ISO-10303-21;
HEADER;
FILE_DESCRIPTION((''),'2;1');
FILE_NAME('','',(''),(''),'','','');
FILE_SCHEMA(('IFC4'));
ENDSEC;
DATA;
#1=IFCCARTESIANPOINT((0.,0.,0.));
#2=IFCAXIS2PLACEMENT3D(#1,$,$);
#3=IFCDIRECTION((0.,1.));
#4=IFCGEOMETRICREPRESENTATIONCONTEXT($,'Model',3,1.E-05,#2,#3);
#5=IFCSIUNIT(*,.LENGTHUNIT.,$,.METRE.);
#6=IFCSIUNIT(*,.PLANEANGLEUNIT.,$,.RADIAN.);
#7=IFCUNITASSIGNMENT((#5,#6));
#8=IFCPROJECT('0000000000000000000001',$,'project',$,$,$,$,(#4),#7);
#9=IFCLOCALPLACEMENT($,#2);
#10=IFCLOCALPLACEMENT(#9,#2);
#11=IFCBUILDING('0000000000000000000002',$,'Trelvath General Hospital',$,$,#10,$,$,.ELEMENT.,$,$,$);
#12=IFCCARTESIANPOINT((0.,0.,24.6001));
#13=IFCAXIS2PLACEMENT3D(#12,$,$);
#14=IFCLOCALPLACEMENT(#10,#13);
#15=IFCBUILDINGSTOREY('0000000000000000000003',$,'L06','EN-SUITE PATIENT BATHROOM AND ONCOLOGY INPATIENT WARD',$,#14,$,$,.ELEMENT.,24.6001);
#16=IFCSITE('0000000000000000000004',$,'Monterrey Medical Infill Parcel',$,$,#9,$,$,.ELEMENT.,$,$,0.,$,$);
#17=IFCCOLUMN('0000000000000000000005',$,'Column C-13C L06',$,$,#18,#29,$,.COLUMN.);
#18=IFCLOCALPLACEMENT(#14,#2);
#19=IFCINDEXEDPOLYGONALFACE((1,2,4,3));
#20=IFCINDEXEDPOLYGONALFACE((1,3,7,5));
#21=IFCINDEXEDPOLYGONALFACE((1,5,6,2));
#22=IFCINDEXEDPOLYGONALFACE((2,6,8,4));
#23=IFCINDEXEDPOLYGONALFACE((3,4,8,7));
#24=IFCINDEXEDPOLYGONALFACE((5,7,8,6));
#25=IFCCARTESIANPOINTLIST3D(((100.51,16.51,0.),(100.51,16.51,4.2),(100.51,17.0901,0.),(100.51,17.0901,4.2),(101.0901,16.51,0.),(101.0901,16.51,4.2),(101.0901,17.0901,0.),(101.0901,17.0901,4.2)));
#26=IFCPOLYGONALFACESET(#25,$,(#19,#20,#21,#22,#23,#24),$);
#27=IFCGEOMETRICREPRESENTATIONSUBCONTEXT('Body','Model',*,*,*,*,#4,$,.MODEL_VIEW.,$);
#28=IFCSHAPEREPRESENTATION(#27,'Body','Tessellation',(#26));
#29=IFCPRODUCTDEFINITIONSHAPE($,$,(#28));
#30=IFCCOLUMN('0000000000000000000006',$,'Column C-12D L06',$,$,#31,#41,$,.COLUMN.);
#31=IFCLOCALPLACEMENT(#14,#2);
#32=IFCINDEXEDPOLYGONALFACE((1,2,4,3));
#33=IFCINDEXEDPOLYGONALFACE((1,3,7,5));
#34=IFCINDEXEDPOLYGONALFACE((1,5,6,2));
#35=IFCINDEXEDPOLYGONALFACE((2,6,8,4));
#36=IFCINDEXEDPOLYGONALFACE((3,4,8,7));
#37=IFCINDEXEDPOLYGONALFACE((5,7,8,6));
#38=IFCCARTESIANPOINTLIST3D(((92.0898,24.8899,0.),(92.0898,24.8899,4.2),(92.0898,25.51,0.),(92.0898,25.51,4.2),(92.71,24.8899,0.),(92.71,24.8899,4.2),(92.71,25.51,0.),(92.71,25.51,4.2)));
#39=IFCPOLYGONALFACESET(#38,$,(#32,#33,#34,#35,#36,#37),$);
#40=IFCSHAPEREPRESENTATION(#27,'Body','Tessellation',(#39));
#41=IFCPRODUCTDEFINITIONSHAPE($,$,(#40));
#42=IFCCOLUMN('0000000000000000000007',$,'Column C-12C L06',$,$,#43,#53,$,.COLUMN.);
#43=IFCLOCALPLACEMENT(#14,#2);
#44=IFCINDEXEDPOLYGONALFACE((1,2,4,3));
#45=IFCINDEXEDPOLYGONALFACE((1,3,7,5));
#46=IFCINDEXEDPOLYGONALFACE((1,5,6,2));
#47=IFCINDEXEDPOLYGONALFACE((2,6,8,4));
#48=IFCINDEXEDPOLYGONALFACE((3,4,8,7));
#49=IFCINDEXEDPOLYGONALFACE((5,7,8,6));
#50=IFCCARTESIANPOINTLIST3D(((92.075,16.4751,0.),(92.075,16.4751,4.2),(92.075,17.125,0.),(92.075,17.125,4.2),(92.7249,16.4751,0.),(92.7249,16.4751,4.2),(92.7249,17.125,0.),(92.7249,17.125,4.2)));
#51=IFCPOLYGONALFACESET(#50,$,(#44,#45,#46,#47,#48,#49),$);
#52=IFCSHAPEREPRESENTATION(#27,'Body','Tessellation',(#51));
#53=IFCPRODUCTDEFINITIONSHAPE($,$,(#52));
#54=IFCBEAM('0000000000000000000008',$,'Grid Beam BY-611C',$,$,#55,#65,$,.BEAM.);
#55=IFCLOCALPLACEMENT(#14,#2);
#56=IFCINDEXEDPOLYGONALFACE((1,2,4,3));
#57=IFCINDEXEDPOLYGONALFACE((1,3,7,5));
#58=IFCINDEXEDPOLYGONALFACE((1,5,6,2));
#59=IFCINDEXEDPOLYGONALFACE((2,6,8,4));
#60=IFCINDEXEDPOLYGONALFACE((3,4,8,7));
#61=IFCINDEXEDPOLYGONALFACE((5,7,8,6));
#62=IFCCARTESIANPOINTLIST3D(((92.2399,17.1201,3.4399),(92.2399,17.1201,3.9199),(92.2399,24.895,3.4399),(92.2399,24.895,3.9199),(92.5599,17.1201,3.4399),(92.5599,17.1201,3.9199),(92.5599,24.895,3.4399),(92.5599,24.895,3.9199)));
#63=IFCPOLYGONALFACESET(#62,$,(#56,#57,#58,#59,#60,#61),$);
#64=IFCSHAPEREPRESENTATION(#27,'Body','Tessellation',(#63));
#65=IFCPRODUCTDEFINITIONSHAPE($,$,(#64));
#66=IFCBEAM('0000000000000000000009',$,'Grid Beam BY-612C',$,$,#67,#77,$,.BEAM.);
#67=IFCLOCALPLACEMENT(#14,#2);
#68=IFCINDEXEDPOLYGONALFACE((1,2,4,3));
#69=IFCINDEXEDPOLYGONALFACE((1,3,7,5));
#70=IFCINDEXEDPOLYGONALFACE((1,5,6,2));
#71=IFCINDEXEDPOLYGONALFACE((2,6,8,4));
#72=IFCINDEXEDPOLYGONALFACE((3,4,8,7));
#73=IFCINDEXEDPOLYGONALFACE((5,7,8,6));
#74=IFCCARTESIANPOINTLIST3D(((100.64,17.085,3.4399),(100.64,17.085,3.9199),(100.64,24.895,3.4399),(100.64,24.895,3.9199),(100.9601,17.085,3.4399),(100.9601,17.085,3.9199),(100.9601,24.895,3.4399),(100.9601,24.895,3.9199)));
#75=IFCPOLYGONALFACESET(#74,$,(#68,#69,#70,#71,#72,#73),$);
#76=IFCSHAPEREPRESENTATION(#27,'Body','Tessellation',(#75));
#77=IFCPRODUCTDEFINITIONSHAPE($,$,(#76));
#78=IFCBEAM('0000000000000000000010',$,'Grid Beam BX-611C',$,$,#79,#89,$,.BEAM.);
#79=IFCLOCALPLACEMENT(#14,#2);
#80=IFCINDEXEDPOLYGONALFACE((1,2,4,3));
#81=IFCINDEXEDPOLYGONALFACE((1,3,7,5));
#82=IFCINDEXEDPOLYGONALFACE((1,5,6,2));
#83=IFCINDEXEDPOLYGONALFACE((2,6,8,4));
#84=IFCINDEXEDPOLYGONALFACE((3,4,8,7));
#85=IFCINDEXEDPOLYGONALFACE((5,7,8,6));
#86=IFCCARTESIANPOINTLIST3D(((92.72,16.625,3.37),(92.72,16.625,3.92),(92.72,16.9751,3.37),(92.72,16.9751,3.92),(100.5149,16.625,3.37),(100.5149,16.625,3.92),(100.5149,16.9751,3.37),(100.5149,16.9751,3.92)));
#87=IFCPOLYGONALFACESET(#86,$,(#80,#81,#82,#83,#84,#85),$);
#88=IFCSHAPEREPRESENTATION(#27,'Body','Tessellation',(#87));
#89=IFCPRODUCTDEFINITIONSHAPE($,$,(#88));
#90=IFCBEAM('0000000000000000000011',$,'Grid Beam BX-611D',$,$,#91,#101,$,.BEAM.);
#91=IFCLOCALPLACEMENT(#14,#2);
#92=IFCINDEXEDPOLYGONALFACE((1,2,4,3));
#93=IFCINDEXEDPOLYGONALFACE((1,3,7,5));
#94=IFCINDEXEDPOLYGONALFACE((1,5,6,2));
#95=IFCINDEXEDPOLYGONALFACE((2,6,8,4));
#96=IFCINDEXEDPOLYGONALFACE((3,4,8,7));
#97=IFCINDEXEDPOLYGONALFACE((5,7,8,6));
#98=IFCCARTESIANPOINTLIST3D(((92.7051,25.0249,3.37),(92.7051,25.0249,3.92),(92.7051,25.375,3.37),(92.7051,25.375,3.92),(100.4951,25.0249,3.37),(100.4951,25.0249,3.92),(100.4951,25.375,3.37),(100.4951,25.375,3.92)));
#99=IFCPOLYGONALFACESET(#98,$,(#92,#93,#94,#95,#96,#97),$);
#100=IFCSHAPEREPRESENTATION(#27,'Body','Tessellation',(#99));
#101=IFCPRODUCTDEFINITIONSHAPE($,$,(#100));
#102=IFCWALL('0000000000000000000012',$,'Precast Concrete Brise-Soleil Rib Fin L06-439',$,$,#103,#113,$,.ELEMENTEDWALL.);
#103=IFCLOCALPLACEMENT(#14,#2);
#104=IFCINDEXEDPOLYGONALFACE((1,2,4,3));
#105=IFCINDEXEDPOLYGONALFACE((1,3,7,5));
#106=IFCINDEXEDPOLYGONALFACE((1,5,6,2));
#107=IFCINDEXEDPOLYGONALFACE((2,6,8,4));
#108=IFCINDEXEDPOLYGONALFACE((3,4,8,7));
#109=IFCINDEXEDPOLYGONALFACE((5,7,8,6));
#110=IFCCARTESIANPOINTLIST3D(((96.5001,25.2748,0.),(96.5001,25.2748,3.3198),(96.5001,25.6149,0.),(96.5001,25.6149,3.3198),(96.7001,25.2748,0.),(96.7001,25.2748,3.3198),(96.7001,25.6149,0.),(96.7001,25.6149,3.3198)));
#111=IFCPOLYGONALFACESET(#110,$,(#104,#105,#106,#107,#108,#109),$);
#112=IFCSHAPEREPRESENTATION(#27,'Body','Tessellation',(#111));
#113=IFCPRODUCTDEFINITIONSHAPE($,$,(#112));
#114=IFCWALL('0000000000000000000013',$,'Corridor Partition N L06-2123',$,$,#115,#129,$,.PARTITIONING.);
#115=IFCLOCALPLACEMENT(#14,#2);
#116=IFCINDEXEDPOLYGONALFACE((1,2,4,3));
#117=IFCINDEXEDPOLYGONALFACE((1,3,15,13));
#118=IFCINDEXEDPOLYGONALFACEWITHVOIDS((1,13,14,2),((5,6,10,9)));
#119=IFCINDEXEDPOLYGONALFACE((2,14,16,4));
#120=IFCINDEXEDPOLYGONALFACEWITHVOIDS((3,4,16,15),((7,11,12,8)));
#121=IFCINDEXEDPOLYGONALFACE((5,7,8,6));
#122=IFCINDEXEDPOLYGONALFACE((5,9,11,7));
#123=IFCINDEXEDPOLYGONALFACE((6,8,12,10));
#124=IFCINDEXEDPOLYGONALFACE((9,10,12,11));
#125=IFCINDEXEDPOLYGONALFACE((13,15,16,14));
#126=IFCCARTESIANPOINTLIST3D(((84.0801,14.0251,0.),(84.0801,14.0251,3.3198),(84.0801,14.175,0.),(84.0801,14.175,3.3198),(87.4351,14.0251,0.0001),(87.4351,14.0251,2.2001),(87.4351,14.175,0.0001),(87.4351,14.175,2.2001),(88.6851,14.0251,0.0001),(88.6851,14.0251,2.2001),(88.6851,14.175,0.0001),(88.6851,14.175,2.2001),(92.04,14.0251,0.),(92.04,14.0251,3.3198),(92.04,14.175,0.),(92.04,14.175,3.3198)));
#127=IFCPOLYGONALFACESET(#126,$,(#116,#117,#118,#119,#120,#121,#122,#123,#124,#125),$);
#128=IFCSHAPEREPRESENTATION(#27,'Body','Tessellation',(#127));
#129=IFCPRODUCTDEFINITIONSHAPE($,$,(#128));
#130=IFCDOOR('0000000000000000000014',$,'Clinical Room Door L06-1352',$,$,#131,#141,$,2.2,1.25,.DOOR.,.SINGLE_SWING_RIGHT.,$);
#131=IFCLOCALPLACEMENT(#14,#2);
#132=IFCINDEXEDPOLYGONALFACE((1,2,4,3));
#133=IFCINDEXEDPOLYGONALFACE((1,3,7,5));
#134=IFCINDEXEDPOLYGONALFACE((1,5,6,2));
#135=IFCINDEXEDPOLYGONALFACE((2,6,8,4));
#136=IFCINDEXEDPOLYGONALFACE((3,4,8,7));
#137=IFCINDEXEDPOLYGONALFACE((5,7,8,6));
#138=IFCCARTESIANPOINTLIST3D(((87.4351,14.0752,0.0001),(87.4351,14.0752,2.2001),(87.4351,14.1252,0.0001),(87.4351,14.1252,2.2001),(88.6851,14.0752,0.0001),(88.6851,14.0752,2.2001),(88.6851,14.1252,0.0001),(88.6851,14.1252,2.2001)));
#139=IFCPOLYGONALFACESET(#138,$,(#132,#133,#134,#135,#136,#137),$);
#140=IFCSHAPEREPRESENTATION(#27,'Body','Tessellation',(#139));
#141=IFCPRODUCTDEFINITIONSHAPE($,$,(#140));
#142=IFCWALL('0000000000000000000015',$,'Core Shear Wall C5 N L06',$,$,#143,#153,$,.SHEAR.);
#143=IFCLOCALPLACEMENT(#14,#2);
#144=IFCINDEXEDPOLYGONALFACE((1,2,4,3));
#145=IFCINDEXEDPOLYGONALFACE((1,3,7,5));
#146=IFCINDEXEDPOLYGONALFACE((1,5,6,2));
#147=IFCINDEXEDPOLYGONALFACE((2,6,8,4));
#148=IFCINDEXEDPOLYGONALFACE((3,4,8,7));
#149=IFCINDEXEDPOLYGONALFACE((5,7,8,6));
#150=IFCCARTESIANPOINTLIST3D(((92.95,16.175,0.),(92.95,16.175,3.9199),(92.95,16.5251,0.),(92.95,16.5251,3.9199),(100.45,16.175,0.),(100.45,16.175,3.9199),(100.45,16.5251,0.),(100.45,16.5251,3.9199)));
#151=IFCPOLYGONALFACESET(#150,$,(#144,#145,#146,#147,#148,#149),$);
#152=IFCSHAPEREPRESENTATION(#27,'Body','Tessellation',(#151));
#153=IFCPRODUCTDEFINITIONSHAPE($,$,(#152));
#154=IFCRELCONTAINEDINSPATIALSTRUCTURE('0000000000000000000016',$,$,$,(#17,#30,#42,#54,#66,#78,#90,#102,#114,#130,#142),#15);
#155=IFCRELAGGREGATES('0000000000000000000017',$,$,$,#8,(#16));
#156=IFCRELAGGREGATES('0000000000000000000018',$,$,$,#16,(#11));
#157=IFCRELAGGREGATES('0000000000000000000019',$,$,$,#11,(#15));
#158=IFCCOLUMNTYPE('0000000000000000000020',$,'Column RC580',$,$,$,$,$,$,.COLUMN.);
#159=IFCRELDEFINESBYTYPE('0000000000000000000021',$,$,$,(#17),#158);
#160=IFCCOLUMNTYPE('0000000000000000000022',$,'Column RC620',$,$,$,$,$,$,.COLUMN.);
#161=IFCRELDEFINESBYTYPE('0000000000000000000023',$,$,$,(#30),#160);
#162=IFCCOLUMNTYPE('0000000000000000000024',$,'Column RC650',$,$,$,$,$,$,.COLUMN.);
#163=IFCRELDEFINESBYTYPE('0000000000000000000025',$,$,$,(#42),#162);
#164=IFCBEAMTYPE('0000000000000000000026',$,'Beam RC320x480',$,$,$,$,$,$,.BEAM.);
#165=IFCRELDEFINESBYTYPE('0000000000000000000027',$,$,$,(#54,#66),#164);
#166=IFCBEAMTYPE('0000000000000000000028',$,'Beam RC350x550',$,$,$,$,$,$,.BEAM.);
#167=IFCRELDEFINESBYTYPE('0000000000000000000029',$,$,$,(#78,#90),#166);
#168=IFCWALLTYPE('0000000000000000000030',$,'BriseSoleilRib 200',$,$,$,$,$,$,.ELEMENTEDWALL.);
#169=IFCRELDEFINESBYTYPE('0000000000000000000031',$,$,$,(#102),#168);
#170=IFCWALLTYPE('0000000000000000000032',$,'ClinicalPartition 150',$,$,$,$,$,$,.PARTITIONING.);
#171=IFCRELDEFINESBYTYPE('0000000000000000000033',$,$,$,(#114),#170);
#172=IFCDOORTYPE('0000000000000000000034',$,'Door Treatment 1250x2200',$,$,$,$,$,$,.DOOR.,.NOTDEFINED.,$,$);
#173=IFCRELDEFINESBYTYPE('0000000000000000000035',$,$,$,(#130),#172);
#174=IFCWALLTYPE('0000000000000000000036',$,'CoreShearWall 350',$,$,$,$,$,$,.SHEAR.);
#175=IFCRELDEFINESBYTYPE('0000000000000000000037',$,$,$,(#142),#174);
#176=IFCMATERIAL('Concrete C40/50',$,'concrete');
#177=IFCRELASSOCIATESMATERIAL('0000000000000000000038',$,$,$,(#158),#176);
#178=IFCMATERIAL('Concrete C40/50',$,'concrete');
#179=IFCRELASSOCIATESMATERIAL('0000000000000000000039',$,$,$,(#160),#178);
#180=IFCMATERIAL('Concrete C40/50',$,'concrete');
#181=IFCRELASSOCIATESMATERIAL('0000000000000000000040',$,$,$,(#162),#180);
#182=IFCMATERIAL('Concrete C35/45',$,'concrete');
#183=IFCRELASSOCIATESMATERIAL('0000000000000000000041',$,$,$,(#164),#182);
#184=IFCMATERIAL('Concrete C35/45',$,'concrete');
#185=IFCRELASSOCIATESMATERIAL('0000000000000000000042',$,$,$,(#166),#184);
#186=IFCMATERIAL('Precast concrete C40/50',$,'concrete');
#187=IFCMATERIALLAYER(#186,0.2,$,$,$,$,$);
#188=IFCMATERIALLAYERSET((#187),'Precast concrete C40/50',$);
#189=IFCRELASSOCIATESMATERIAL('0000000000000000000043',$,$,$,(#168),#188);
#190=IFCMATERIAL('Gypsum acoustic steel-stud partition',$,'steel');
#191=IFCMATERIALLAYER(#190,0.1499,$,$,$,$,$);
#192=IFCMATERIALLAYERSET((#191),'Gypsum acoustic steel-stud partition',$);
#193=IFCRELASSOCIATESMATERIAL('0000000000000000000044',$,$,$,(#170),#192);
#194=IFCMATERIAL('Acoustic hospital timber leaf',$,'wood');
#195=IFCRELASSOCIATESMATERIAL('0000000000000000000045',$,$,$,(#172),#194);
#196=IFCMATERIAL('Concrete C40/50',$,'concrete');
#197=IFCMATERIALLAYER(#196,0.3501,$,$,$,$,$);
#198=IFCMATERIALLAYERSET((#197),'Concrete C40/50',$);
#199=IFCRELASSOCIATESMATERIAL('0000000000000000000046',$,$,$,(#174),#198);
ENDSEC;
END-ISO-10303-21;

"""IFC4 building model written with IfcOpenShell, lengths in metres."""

from ifc_helpers import new_model, si_unit, direction, frame, frame_2d, origin, origin_2d, place, context, subcontext, project, spatial, rectangle, extrude, material, layer, layer_set, material_profile, profile_set, type_object, element, fill, save


model = new_model("IFC4")

# Units and contexts
model_context = context("Model", 3, precision=1e-05, world=origin(), true_north=direction((0.0, 1.0)))
body_context = subcontext(model_context, "Body", "Model", "MODEL_VIEW")
ifc_project = project(units=[si_unit("LENGTHUNIT", "METRE"), si_unit("PLANEANGLEUNIT", "RADIAN")], contexts=[model_context])

# Site, building, storey
site_placement = place(None, origin())
site = spatial("IfcSite", under=ifc_project, at=site_placement, Name="Monterrey Medical Infill Parcel", CompositionType="ELEMENT", RefElevation=0.0)
building_placement = place(site_placement, origin())
building = spatial("IfcBuilding", under=site, at=building_placement, Name="Trelvath General Hospital", CompositionType="ELEMENT")
storey_placement = place(building_placement, frame((0.0, 0.0, 24.6001)))
storey = spatial("IfcBuildingStorey", under=building, at=storey_placement, Name="L06", Description="EN-SUITE PATIENT BATHROOM AND ONCOLOGY INPATIENT WARD", CompositionType="ELEMENT", Elevation=24.6001)

# Columns
ifc_material_1 = material(Name="Concrete C40/50", Category="concrete")
ifc_material_profile_1 = material_profile(ifc_material_1, rectangle(XDim=0.5801, YDim=0.5801, at=origin_2d()), Name="RC580x580")
ifc_profile_set_1 = profile_set([ifc_material_profile_1], Name="Concrete C40/50")
column_type_1 = type_object("IfcColumnType", Name="Column RC580", PredefinedType="COLUMN", material=ifc_profile_set_1)
column_1_placement = place(storey_placement, frame((100.8, 16.8, 0.0), z_axis=(0.0, 0.0, 1.0), x_axis=(1.0, 0.0, 0.0)))
element("IfcColumn", 1, at=column_1_placement, inside=storey, type_object=column_type_1, Name="Column C-13C L06", PredefinedType="COLUMN", context=body_context, shape_type="SweptSolid", body=[
    extrude(rectangle(XDim=0.5801, YDim=0.5801, at=origin_2d()), origin(), (0.0, 0.0, 1.0), 4.2),
])
ifc_material_2 = material(Name="Concrete C40/50", Category="concrete")
ifc_material_profile_2 = material_profile(ifc_material_2, rectangle(XDim=0.6201, YDim=0.6201, at=origin_2d()), Name="RC620x620")
ifc_profile_set_2 = profile_set([ifc_material_profile_2], Name="Concrete C40/50")
column_type_2 = type_object("IfcColumnType", Name="Column RC620", PredefinedType="COLUMN", material=ifc_profile_set_2)
column_2_placement = place(storey_placement, frame((92.3999, 25.2, 0.0), z_axis=(0.0, 0.0, 1.0), x_axis=(1.0, 0.0, 0.0)))
element("IfcColumn", 2, at=column_2_placement, inside=storey, type_object=column_type_2, Name="Column C-12D L06", PredefinedType="COLUMN", context=body_context, shape_type="SweptSolid", body=[
    extrude(rectangle(XDim=0.6201, YDim=0.6201, at=origin_2d()), origin(), (0.0, 0.0, 1.0), 4.2),
])
ifc_material_3 = material(Name="Concrete C40/50", Category="concrete")
ifc_material_profile_3 = material_profile(ifc_material_3, rectangle(XDim=0.6499, YDim=0.6499, at=origin_2d()), Name="RC650x650")
ifc_profile_set_3 = profile_set([ifc_material_profile_3], Name="Concrete C40/50")
column_type_3 = type_object("IfcColumnType", Name="Column RC650", PredefinedType="COLUMN", material=ifc_profile_set_3)
column_3_placement = place(storey_placement, frame((92.3999, 16.8, 0.0), z_axis=(0.0, 0.0, 1.0), x_axis=(1.0, 0.0, 0.0)))
element("IfcColumn", 3, at=column_3_placement, inside=storey, type_object=column_type_3, Name="Column C-12C L06", PredefinedType="COLUMN", context=body_context, shape_type="SweptSolid", body=[
    extrude(rectangle(XDim=0.6499, YDim=0.6499, at=origin_2d()), origin(), (0.0, 0.0, 1.0), 4.2),
])

# Beams
ifc_material_4 = material(Name="Concrete C35/45", Category="concrete")
ifc_material_profile_4 = material_profile(ifc_material_4, rectangle(XDim=0.3201, YDim=0.48, at=origin_2d()), Name="RCB320x480")
ifc_profile_set_4 = profile_set([ifc_material_profile_4], Name="Concrete C35/45")
beam_type_1 = type_object("IfcBeamType", Name="Beam RC320x480", PredefinedType="BEAM", material=ifc_profile_set_4)
beam_1_placement = place(storey_placement, frame((92.3999, 17.1201, 3.6799), z_axis=(0.0, 1.0, 0.0), x_axis=(-1.0, 0.0, 0.0)))
element("IfcBeam", 4, at=beam_1_placement, inside=storey, type_object=beam_type_1, Name="Grid Beam BY-611C", PredefinedType="BEAM", context=body_context, shape_type="SweptSolid", body=[
    extrude(rectangle(XDim=0.3201, YDim=0.48, at=origin_2d()), origin(), (0.0, 0.0, 1.0), 7.7749),
])
beam_2_placement = place(storey_placement, frame((100.8, 17.085, 3.6799), z_axis=(0.0, 1.0, 0.0), x_axis=(-1.0, 0.0, 0.0)))
element("IfcBeam", 5, at=beam_2_placement, inside=storey, type_object=beam_type_1, Name="Grid Beam BY-612C", PredefinedType="BEAM", context=body_context, shape_type="SweptSolid", body=[
    extrude(rectangle(XDim=0.3201, YDim=0.48, at=origin_2d()), origin(), (0.0, 0.0, 1.0), 7.8101),
])
ifc_material_5 = material(Name="Concrete C35/45", Category="concrete")
ifc_material_profile_5 = material_profile(ifc_material_5, rectangle(XDim=0.3501, YDim=0.55, at=origin_2d()), Name="RCB350x550")
ifc_profile_set_5 = profile_set([ifc_material_profile_5], Name="Concrete C35/45")
beam_type_2 = type_object("IfcBeamType", Name="Beam RC350x550", PredefinedType="BEAM", material=ifc_profile_set_5)
beam_3_placement = place(storey_placement, frame((92.72, 16.8, 3.645), z_axis=(1.0, 0.0, 0.0), x_axis=(0.0, 1.0, 0.0)))
element("IfcBeam", 6, at=beam_3_placement, inside=storey, type_object=beam_type_2, Name="Grid Beam BX-611C", PredefinedType="BEAM", context=body_context, shape_type="SweptSolid", body=[
    extrude(rectangle(XDim=0.3501, YDim=0.55, at=origin_2d()), origin(), (0.0, 0.0, 1.0), 7.7949),
])
beam_4_placement = place(storey_placement, frame((92.7051, 25.2, 3.645), z_axis=(1.0, 0.0, 0.0), x_axis=(0.0, 1.0, 0.0)))
element("IfcBeam", 7, at=beam_4_placement, inside=storey, type_object=beam_type_2, Name="Grid Beam BX-611D", PredefinedType="BEAM", context=body_context, shape_type="SweptSolid", body=[
    extrude(rectangle(XDim=0.3501, YDim=0.55, at=origin_2d()), origin(), (0.0, 0.0, 1.0), 7.79),
])

# Wall
ifc_material_6 = material(Name="Precast concrete C40/50", Category="concrete")
ifc_layer_1 = layer(ifc_material_6, 0.2)
ifc_layer_set_1 = layer_set([ifc_layer_1], Name="Precast concrete C40/50")
wall_type_1 = type_object("IfcWallType", Name="BriseSoleilRib 200", PredefinedType="ELEMENTEDWALL", material=ifc_layer_set_1)
wall_1_placement = place(storey_placement, frame((96.6001, 25.2749, 0.0), z_axis=(0.0, 0.0, 1.0), x_axis=(0.0, 1.0, 0.0)))
element("IfcWall", 8, at=wall_1_placement, inside=storey, type_object=wall_type_1, Name="Precast Concrete Brise-Soleil Rib Fin L06-439", PredefinedType="ELEMENTEDWALL", context=body_context, shape_type="SweptSolid", body=[
    extrude(rectangle(XDim=0.3401, YDim=0.2, at=frame_2d((0.1699, 0.0))), origin(), (0.0, 0.0, 1.0), 3.3198),
])

# Wall, opening, door
ifc_material_7 = material(Name="Gypsum acoustic steel-stud partition", Category="steel")
ifc_layer_2 = layer(ifc_material_7, 0.1499)
ifc_layer_set_2 = layer_set([ifc_layer_2], Name="Gypsum acoustic steel-stud partition")
wall_type_2 = type_object("IfcWallType", Name="ClinicalPartition 150", PredefinedType="PARTITIONING", material=ifc_layer_set_2)
wall_2_placement = place(storey_placement, frame((92.04, 14.1001, 0.0), z_axis=(0.0, 0.0, 1.0), x_axis=(-1.0, 0.0, 0.0)))
wall_2 = element("IfcWall", 9, at=wall_2_placement, inside=storey, type_object=wall_type_2, Name="Corridor Partition N L06-2123", PredefinedType="PARTITIONING", context=body_context, shape_type="SweptSolid", body=[
    extrude(rectangle(XDim=7.96, YDim=0.1499, at=frame_2d((3.98, 0.0))), origin(), (0.0, 0.0, 1.0), 3.3198),
])
opening_1_placement = place(wall_2_placement, frame((3.355, 0.0, 0.0)))
opening_1 = element("IfcOpeningElement", 10, at=opening_1_placement, cuts=wall_2, PredefinedType="OPENING", context=body_context, shape_type="SweptSolid", body=[
    extrude(rectangle(XDim=1.25, YDim=2.2, at=frame_2d((0.625, 1.1001))), frame((0.0, 0.085, 0.0), z_axis=(0.0, -1.0, 0.0), x_axis=(1.0, 0.0, 0.0)), (0.0, 0.0, 1.0), 0.1699),
])
ifc_material_8 = material(Name="Acoustic hospital timber leaf", Category="wood")
door_type_1 = type_object("IfcDoorType", Name="Door Treatment 1250x2200", OperationType="NOTDEFINED", PredefinedType="DOOR", material=ifc_material_8)
door_1_placement = place(opening_1_placement, origin())
door_1 = element("IfcDoor", 11, at=door_1_placement, inside=storey, type_object=door_type_1, Name="Clinical Room Door L06-1352", OperationType="SINGLE_SWING_RIGHT", OverallHeight=2.2, OverallWidth=1.25, PredefinedType="DOOR", context=body_context, shape_type="SweptSolid", body=[
    extrude(rectangle(XDim=1.25, YDim=2.2, at=frame_2d((0.625, 1.1001))), frame((0.0, 0.0249, 0.0), z_axis=(0.0, -1.0, 0.0), x_axis=(1.0, 0.0, 0.0)), (0.0, 0.0, 1.0), 0.05),
])
fill(opening_1, door_1)

# Wall
ifc_material_9 = material(Name="Concrete C40/50", Category="concrete")
ifc_layer_3 = layer(ifc_material_9, 0.3501)
ifc_layer_set_3 = layer_set([ifc_layer_3], Name="Concrete C40/50")
wall_type_3 = type_object("IfcWallType", Name="CoreShearWall 350", PredefinedType="SHEAR", material=ifc_layer_set_3)
wall_3_placement = place(storey_placement, frame((92.95, 16.3501, 0.0), z_axis=(0.0, 0.0, 1.0), x_axis=(1.0, 0.0, 0.0)))
element("IfcWall", 12, at=wall_3_placement, inside=storey, type_object=wall_type_3, Name="Core Shear Wall C5 N L06", PredefinedType="SHEAR", context=body_context, shape_type="SweptSolid", body=[
    extrude(rectangle(XDim=7.5, YDim=0.3501, at=frame_2d((3.75, 0.0))), origin(), (0.0, 0.0, 1.0), 3.9199),
])

save(model, "model.ifc")
